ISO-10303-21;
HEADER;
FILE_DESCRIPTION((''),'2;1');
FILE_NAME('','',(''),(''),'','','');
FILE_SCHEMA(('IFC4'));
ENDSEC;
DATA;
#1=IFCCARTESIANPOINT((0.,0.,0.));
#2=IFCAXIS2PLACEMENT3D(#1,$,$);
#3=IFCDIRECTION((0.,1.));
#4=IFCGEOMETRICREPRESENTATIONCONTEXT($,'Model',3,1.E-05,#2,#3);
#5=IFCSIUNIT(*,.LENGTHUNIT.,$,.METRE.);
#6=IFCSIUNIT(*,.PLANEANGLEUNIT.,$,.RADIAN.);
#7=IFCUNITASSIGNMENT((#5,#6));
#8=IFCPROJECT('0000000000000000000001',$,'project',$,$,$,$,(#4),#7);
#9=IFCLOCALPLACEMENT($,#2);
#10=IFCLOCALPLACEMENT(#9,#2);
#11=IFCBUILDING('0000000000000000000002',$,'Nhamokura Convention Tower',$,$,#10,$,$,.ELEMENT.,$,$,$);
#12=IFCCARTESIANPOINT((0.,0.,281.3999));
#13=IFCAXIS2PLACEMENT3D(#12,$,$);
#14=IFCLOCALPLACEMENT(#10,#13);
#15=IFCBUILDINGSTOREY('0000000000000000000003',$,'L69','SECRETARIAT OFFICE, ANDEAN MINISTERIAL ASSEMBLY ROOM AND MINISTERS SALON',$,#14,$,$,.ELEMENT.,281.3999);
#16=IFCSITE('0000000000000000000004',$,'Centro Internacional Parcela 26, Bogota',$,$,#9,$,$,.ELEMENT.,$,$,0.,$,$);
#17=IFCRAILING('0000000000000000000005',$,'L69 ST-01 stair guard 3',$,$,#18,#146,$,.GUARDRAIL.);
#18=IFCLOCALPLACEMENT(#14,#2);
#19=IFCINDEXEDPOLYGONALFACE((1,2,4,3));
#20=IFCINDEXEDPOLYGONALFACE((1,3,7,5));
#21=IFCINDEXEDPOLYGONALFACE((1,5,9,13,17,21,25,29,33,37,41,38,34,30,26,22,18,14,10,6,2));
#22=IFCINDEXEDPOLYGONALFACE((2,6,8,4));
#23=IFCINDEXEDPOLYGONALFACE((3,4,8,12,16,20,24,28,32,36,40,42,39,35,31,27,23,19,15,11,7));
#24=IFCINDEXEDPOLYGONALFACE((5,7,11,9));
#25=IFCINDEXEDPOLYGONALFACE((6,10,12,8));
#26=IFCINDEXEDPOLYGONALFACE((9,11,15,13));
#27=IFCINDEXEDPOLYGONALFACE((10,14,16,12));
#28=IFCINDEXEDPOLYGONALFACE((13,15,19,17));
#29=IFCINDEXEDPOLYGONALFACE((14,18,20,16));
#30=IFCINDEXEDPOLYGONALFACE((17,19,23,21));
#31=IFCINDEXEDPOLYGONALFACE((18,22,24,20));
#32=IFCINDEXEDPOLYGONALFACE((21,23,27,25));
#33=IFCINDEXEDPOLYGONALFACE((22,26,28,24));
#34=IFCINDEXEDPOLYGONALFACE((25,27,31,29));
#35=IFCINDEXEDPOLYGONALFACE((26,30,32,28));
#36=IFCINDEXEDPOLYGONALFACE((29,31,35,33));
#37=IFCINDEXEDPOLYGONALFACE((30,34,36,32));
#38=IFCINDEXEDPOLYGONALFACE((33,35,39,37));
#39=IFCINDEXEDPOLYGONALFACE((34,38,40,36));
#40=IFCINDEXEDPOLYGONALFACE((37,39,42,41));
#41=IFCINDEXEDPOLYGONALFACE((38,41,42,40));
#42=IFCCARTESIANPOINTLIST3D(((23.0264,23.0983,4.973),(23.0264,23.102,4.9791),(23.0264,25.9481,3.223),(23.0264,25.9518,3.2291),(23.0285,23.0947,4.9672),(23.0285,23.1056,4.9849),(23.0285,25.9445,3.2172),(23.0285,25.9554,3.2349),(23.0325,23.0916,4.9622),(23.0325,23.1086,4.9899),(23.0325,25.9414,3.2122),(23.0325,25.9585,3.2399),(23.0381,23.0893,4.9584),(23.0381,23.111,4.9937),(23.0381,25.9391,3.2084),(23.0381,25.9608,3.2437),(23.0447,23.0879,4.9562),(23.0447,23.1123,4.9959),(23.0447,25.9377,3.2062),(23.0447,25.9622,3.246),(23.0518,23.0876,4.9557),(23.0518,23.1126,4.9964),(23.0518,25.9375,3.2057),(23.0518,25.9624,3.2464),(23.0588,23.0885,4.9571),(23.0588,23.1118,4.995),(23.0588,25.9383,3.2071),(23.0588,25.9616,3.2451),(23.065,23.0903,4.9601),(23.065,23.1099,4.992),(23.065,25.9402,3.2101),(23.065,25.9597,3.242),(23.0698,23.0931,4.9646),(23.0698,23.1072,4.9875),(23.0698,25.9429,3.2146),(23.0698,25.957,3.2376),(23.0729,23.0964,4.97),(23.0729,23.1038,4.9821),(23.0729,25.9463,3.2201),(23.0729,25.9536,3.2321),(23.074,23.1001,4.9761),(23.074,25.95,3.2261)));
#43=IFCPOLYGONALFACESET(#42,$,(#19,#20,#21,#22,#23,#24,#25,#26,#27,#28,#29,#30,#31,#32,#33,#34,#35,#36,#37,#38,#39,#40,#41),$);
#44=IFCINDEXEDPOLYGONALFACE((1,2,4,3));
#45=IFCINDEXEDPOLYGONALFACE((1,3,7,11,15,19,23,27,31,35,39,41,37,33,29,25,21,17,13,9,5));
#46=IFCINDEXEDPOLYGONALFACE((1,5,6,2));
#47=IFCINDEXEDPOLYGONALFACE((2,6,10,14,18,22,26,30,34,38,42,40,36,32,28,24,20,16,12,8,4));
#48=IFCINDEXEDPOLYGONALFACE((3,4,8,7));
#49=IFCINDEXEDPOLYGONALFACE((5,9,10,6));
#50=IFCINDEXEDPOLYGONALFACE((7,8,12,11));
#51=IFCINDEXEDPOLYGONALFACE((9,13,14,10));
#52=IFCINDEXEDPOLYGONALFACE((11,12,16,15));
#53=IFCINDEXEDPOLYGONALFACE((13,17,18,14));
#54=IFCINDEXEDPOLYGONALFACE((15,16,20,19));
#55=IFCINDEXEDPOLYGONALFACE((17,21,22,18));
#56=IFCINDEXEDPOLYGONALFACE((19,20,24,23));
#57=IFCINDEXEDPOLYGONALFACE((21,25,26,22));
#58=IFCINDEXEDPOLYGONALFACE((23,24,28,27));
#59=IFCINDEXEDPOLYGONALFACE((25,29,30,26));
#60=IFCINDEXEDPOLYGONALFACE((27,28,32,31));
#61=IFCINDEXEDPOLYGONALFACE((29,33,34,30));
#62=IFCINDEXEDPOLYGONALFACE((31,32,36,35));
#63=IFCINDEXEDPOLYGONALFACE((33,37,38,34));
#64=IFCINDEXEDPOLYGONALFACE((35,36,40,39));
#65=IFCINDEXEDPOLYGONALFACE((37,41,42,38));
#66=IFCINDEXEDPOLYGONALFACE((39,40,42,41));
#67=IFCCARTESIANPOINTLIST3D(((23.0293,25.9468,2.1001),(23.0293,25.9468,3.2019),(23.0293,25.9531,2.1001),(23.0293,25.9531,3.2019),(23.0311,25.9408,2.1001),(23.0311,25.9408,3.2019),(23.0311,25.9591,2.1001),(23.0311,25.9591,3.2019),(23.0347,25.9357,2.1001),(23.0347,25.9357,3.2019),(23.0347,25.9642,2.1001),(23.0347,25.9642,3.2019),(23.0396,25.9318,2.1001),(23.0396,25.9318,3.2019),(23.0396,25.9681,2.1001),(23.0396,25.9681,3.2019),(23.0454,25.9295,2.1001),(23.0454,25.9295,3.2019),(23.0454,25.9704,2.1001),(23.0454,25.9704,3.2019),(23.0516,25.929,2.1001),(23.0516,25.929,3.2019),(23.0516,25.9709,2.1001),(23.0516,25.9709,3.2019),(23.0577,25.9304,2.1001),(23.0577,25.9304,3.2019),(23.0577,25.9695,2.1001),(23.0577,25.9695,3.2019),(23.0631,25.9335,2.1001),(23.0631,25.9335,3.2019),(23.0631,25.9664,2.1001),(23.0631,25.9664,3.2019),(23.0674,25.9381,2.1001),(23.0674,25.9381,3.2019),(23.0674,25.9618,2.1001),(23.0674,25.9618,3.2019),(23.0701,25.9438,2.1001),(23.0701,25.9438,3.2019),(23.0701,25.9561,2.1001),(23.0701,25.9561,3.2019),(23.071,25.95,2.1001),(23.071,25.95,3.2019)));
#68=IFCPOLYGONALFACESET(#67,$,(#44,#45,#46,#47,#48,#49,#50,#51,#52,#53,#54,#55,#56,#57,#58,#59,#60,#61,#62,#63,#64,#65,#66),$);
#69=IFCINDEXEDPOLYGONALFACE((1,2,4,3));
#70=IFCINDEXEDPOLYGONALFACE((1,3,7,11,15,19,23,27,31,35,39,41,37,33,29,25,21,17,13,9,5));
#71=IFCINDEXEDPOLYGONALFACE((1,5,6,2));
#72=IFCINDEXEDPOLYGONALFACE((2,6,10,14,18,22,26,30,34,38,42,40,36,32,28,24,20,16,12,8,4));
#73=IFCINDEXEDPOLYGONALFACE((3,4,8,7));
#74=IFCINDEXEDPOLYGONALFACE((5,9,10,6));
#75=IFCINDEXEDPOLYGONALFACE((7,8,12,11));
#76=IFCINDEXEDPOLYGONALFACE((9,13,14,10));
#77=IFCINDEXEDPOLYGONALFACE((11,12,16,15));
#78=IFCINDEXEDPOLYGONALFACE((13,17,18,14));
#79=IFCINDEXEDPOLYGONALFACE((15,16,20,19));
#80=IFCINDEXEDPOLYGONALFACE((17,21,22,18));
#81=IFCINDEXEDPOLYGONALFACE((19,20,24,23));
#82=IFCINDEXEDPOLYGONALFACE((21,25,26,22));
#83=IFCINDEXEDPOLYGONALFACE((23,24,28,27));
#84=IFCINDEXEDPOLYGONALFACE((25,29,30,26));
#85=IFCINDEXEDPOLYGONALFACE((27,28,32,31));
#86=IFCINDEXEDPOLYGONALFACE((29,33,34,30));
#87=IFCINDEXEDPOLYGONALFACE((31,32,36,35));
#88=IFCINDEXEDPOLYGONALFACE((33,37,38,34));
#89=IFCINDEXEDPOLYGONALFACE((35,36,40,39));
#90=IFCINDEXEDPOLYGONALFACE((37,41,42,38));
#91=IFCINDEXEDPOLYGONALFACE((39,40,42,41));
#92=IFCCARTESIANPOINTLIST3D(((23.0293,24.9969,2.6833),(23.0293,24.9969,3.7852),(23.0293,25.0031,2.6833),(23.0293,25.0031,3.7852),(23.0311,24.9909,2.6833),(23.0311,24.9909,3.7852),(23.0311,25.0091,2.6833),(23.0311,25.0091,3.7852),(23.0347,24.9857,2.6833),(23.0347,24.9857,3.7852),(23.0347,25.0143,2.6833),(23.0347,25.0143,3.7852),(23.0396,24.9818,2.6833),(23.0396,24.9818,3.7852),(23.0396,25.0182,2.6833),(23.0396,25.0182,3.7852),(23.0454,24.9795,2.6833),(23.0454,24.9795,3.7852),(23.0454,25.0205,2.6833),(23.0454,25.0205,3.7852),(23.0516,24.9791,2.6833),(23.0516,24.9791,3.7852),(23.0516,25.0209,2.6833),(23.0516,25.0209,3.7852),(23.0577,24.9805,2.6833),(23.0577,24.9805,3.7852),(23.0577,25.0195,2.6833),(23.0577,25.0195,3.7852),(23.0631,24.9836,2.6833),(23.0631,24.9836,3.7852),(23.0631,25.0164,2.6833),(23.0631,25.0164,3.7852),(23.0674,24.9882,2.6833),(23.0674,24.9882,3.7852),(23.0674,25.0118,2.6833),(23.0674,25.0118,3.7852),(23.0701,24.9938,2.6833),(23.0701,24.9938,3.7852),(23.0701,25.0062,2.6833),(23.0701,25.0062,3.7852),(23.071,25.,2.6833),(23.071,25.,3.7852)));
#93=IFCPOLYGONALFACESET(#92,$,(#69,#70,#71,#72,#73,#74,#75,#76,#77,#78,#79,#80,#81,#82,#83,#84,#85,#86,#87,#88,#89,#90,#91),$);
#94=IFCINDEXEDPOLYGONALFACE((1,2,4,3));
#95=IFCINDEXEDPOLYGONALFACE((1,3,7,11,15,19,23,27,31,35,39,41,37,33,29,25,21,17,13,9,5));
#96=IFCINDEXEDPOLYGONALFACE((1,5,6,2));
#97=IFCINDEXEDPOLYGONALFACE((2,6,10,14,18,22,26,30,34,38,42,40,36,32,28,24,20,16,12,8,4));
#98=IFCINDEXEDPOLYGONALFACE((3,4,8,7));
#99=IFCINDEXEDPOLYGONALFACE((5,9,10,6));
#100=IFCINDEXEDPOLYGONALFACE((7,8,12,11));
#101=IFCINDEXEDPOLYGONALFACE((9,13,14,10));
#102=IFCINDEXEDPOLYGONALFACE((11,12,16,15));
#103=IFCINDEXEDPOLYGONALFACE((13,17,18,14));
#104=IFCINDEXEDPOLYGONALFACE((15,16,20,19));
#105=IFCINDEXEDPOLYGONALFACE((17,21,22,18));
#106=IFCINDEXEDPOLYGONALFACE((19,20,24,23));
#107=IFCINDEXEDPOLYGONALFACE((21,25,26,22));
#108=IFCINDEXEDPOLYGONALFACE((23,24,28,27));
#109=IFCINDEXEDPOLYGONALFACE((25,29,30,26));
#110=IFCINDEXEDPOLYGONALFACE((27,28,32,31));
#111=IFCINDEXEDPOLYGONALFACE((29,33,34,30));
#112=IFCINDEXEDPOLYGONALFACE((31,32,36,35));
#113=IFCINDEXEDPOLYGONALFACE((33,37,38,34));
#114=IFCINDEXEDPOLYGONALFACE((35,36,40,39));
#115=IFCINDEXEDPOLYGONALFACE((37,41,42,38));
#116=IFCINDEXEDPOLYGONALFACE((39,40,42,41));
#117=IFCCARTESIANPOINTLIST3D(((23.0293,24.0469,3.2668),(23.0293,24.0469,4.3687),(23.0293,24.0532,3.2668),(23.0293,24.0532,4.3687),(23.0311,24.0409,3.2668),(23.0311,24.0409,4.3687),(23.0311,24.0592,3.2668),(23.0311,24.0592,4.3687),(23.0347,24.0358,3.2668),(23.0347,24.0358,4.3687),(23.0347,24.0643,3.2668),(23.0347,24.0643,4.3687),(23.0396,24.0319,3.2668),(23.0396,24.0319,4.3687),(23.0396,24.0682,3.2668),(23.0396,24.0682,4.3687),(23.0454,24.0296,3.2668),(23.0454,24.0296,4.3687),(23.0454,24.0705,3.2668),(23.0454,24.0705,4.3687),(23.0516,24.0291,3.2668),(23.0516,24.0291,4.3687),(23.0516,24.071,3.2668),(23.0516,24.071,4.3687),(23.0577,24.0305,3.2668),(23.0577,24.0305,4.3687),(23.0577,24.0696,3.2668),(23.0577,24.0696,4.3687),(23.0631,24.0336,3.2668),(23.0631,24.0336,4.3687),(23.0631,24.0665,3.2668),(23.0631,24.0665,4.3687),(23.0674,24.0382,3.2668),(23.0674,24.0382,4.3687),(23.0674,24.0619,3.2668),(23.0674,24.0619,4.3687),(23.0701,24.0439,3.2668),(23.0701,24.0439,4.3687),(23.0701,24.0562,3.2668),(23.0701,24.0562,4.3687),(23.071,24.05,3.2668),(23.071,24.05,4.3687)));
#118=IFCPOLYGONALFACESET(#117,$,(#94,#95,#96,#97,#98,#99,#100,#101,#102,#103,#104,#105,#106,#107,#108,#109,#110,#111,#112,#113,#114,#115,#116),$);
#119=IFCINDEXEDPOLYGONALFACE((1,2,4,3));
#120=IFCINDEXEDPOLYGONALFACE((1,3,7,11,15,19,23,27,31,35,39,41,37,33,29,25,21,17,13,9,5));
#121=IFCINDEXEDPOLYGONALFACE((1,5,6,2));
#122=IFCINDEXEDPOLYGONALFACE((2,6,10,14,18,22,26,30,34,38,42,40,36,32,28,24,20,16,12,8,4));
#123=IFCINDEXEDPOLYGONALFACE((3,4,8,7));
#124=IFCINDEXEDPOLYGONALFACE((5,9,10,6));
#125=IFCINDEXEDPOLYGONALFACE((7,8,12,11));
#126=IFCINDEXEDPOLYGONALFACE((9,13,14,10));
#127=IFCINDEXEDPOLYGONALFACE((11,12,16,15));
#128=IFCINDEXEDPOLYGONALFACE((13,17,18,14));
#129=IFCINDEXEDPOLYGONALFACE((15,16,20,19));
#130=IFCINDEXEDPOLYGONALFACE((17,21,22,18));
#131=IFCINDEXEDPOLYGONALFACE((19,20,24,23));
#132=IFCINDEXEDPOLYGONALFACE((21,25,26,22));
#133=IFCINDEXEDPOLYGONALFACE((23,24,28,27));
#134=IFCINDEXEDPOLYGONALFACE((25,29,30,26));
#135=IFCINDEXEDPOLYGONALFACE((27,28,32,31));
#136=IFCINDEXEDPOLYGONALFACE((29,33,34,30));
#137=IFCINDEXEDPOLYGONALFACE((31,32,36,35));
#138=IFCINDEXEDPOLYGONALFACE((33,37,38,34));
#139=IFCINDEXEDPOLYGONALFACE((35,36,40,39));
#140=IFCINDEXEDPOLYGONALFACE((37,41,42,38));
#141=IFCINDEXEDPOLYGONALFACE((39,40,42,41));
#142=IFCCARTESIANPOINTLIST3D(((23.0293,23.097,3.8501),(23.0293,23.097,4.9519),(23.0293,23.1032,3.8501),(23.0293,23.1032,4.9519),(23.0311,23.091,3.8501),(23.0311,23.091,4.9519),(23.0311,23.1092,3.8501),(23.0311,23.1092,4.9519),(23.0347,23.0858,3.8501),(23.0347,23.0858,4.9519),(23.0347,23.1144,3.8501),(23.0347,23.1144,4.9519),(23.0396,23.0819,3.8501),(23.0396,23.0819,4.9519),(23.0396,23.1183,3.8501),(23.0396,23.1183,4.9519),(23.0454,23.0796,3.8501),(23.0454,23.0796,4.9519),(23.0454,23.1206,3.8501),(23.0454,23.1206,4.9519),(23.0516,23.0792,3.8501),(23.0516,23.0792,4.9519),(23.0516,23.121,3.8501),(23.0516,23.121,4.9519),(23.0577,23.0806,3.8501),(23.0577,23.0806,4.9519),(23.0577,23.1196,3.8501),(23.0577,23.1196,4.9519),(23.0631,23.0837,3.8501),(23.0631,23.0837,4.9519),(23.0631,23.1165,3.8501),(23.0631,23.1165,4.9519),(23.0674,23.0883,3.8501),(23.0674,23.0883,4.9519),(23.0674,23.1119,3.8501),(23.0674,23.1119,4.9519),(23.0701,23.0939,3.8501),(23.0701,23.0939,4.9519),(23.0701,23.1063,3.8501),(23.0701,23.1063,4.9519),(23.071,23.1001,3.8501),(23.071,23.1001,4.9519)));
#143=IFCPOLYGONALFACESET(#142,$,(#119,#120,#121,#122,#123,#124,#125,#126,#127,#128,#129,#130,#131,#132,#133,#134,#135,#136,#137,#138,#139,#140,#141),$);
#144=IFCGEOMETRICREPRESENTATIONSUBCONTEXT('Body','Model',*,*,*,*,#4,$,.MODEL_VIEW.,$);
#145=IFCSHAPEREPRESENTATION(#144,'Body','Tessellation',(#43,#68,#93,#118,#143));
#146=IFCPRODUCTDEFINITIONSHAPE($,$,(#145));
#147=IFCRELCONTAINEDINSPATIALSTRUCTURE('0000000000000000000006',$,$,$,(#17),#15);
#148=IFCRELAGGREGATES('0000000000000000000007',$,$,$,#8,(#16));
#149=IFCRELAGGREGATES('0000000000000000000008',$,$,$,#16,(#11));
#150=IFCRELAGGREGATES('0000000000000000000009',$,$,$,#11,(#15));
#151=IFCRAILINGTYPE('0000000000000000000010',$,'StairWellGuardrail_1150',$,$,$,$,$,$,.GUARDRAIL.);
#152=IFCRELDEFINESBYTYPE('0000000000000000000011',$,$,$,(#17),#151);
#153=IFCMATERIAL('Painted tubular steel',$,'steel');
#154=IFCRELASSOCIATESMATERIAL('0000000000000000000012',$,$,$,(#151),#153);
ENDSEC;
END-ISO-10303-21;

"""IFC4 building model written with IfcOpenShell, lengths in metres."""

from ifc_helpers import new_model, si_unit, direction, frame, origin, origin_2d, place, context, subcontext, project, spatial, circle, extrude, material, type_object, element, save


model = new_model("IFC4")

# Units and contexts
model_context = context("Model", 3, precision=1e-05, world=origin(), true_north=direction((0.0, 1.0)))
body_context = subcontext(model_context, "Body", "Model", "MODEL_VIEW")
ifc_project = project(units=[si_unit("LENGTHUNIT", "METRE"), si_unit("PLANEANGLEUNIT", "RADIAN")], contexts=[model_context])

# Site, building, storey
site_placement = place(None, origin())
site = spatial("IfcSite", under=ifc_project, at=site_placement, Name="Centro Internacional Parcela 26, Bogota", CompositionType="ELEMENT", RefElevation=0.0)
building_placement = place(site_placement, origin())
building = spatial("IfcBuilding", under=site, at=building_placement, Name="Nhamokura Convention Tower", CompositionType="ELEMENT")
storey_placement = place(building_placement, frame((0.0, 0.0, 281.3999)))
storey = spatial("IfcBuildingStorey", under=building, at=storey_placement, Name="L69", Description="SECRETARIAT OFFICE, ANDEAN MINISTERIAL ASSEMBLY ROOM AND MINISTERS SALON", CompositionType="ELEMENT", Elevation=281.3999)

# Railing
ifc_material_1 = material(Name="Painted tubular steel", Category="steel")
railing_type_1 = type_object("IfcRailingType", Name="StairWellGuardrail_1150", PredefinedType="GUARDRAIL", material=ifc_material_1)
railing_1_placement = place(storey_placement, frame((23.05, 25.95, 2.1001)))
element("IfcRailing", 1, at=railing_1_placement, inside=storey, type_object=railing_type_1, Name="L69 ST-01 stair guard 3", PredefinedType="GUARDRAIL", context=body_context, shape_type="SweptSolid", body=[
    extrude(circle(Radius=0.0239, at=origin_2d()), frame((0.0, 0.0, 1.126), z_axis=(0.0, -0.852159, 0.523283), x_axis=(1.0, 0.0, 0.0)), (0.0, 0.0, 1.0), 3.3442),
    extrude(circle(Radius=0.021, at=origin_2d()), origin(), (0.0, 0.0, 1.0), 1.1018),
    extrude(circle(Radius=0.021, at=origin_2d()), frame((0.0, -0.95, 0.5833)), (0.0, 0.0, 1.0), 1.1018),
    extrude(circle(Radius=0.021, at=origin_2d()), frame((0.0, -1.8999, 1.1667)), (0.0, 0.0, 1.0), 1.1018),
    extrude(circle(Radius=0.021, at=origin_2d()), frame((0.0, -2.8499, 1.75)), (0.0, 0.0, 1.0), 1.1018),
])

save(model, "model.ifc")
